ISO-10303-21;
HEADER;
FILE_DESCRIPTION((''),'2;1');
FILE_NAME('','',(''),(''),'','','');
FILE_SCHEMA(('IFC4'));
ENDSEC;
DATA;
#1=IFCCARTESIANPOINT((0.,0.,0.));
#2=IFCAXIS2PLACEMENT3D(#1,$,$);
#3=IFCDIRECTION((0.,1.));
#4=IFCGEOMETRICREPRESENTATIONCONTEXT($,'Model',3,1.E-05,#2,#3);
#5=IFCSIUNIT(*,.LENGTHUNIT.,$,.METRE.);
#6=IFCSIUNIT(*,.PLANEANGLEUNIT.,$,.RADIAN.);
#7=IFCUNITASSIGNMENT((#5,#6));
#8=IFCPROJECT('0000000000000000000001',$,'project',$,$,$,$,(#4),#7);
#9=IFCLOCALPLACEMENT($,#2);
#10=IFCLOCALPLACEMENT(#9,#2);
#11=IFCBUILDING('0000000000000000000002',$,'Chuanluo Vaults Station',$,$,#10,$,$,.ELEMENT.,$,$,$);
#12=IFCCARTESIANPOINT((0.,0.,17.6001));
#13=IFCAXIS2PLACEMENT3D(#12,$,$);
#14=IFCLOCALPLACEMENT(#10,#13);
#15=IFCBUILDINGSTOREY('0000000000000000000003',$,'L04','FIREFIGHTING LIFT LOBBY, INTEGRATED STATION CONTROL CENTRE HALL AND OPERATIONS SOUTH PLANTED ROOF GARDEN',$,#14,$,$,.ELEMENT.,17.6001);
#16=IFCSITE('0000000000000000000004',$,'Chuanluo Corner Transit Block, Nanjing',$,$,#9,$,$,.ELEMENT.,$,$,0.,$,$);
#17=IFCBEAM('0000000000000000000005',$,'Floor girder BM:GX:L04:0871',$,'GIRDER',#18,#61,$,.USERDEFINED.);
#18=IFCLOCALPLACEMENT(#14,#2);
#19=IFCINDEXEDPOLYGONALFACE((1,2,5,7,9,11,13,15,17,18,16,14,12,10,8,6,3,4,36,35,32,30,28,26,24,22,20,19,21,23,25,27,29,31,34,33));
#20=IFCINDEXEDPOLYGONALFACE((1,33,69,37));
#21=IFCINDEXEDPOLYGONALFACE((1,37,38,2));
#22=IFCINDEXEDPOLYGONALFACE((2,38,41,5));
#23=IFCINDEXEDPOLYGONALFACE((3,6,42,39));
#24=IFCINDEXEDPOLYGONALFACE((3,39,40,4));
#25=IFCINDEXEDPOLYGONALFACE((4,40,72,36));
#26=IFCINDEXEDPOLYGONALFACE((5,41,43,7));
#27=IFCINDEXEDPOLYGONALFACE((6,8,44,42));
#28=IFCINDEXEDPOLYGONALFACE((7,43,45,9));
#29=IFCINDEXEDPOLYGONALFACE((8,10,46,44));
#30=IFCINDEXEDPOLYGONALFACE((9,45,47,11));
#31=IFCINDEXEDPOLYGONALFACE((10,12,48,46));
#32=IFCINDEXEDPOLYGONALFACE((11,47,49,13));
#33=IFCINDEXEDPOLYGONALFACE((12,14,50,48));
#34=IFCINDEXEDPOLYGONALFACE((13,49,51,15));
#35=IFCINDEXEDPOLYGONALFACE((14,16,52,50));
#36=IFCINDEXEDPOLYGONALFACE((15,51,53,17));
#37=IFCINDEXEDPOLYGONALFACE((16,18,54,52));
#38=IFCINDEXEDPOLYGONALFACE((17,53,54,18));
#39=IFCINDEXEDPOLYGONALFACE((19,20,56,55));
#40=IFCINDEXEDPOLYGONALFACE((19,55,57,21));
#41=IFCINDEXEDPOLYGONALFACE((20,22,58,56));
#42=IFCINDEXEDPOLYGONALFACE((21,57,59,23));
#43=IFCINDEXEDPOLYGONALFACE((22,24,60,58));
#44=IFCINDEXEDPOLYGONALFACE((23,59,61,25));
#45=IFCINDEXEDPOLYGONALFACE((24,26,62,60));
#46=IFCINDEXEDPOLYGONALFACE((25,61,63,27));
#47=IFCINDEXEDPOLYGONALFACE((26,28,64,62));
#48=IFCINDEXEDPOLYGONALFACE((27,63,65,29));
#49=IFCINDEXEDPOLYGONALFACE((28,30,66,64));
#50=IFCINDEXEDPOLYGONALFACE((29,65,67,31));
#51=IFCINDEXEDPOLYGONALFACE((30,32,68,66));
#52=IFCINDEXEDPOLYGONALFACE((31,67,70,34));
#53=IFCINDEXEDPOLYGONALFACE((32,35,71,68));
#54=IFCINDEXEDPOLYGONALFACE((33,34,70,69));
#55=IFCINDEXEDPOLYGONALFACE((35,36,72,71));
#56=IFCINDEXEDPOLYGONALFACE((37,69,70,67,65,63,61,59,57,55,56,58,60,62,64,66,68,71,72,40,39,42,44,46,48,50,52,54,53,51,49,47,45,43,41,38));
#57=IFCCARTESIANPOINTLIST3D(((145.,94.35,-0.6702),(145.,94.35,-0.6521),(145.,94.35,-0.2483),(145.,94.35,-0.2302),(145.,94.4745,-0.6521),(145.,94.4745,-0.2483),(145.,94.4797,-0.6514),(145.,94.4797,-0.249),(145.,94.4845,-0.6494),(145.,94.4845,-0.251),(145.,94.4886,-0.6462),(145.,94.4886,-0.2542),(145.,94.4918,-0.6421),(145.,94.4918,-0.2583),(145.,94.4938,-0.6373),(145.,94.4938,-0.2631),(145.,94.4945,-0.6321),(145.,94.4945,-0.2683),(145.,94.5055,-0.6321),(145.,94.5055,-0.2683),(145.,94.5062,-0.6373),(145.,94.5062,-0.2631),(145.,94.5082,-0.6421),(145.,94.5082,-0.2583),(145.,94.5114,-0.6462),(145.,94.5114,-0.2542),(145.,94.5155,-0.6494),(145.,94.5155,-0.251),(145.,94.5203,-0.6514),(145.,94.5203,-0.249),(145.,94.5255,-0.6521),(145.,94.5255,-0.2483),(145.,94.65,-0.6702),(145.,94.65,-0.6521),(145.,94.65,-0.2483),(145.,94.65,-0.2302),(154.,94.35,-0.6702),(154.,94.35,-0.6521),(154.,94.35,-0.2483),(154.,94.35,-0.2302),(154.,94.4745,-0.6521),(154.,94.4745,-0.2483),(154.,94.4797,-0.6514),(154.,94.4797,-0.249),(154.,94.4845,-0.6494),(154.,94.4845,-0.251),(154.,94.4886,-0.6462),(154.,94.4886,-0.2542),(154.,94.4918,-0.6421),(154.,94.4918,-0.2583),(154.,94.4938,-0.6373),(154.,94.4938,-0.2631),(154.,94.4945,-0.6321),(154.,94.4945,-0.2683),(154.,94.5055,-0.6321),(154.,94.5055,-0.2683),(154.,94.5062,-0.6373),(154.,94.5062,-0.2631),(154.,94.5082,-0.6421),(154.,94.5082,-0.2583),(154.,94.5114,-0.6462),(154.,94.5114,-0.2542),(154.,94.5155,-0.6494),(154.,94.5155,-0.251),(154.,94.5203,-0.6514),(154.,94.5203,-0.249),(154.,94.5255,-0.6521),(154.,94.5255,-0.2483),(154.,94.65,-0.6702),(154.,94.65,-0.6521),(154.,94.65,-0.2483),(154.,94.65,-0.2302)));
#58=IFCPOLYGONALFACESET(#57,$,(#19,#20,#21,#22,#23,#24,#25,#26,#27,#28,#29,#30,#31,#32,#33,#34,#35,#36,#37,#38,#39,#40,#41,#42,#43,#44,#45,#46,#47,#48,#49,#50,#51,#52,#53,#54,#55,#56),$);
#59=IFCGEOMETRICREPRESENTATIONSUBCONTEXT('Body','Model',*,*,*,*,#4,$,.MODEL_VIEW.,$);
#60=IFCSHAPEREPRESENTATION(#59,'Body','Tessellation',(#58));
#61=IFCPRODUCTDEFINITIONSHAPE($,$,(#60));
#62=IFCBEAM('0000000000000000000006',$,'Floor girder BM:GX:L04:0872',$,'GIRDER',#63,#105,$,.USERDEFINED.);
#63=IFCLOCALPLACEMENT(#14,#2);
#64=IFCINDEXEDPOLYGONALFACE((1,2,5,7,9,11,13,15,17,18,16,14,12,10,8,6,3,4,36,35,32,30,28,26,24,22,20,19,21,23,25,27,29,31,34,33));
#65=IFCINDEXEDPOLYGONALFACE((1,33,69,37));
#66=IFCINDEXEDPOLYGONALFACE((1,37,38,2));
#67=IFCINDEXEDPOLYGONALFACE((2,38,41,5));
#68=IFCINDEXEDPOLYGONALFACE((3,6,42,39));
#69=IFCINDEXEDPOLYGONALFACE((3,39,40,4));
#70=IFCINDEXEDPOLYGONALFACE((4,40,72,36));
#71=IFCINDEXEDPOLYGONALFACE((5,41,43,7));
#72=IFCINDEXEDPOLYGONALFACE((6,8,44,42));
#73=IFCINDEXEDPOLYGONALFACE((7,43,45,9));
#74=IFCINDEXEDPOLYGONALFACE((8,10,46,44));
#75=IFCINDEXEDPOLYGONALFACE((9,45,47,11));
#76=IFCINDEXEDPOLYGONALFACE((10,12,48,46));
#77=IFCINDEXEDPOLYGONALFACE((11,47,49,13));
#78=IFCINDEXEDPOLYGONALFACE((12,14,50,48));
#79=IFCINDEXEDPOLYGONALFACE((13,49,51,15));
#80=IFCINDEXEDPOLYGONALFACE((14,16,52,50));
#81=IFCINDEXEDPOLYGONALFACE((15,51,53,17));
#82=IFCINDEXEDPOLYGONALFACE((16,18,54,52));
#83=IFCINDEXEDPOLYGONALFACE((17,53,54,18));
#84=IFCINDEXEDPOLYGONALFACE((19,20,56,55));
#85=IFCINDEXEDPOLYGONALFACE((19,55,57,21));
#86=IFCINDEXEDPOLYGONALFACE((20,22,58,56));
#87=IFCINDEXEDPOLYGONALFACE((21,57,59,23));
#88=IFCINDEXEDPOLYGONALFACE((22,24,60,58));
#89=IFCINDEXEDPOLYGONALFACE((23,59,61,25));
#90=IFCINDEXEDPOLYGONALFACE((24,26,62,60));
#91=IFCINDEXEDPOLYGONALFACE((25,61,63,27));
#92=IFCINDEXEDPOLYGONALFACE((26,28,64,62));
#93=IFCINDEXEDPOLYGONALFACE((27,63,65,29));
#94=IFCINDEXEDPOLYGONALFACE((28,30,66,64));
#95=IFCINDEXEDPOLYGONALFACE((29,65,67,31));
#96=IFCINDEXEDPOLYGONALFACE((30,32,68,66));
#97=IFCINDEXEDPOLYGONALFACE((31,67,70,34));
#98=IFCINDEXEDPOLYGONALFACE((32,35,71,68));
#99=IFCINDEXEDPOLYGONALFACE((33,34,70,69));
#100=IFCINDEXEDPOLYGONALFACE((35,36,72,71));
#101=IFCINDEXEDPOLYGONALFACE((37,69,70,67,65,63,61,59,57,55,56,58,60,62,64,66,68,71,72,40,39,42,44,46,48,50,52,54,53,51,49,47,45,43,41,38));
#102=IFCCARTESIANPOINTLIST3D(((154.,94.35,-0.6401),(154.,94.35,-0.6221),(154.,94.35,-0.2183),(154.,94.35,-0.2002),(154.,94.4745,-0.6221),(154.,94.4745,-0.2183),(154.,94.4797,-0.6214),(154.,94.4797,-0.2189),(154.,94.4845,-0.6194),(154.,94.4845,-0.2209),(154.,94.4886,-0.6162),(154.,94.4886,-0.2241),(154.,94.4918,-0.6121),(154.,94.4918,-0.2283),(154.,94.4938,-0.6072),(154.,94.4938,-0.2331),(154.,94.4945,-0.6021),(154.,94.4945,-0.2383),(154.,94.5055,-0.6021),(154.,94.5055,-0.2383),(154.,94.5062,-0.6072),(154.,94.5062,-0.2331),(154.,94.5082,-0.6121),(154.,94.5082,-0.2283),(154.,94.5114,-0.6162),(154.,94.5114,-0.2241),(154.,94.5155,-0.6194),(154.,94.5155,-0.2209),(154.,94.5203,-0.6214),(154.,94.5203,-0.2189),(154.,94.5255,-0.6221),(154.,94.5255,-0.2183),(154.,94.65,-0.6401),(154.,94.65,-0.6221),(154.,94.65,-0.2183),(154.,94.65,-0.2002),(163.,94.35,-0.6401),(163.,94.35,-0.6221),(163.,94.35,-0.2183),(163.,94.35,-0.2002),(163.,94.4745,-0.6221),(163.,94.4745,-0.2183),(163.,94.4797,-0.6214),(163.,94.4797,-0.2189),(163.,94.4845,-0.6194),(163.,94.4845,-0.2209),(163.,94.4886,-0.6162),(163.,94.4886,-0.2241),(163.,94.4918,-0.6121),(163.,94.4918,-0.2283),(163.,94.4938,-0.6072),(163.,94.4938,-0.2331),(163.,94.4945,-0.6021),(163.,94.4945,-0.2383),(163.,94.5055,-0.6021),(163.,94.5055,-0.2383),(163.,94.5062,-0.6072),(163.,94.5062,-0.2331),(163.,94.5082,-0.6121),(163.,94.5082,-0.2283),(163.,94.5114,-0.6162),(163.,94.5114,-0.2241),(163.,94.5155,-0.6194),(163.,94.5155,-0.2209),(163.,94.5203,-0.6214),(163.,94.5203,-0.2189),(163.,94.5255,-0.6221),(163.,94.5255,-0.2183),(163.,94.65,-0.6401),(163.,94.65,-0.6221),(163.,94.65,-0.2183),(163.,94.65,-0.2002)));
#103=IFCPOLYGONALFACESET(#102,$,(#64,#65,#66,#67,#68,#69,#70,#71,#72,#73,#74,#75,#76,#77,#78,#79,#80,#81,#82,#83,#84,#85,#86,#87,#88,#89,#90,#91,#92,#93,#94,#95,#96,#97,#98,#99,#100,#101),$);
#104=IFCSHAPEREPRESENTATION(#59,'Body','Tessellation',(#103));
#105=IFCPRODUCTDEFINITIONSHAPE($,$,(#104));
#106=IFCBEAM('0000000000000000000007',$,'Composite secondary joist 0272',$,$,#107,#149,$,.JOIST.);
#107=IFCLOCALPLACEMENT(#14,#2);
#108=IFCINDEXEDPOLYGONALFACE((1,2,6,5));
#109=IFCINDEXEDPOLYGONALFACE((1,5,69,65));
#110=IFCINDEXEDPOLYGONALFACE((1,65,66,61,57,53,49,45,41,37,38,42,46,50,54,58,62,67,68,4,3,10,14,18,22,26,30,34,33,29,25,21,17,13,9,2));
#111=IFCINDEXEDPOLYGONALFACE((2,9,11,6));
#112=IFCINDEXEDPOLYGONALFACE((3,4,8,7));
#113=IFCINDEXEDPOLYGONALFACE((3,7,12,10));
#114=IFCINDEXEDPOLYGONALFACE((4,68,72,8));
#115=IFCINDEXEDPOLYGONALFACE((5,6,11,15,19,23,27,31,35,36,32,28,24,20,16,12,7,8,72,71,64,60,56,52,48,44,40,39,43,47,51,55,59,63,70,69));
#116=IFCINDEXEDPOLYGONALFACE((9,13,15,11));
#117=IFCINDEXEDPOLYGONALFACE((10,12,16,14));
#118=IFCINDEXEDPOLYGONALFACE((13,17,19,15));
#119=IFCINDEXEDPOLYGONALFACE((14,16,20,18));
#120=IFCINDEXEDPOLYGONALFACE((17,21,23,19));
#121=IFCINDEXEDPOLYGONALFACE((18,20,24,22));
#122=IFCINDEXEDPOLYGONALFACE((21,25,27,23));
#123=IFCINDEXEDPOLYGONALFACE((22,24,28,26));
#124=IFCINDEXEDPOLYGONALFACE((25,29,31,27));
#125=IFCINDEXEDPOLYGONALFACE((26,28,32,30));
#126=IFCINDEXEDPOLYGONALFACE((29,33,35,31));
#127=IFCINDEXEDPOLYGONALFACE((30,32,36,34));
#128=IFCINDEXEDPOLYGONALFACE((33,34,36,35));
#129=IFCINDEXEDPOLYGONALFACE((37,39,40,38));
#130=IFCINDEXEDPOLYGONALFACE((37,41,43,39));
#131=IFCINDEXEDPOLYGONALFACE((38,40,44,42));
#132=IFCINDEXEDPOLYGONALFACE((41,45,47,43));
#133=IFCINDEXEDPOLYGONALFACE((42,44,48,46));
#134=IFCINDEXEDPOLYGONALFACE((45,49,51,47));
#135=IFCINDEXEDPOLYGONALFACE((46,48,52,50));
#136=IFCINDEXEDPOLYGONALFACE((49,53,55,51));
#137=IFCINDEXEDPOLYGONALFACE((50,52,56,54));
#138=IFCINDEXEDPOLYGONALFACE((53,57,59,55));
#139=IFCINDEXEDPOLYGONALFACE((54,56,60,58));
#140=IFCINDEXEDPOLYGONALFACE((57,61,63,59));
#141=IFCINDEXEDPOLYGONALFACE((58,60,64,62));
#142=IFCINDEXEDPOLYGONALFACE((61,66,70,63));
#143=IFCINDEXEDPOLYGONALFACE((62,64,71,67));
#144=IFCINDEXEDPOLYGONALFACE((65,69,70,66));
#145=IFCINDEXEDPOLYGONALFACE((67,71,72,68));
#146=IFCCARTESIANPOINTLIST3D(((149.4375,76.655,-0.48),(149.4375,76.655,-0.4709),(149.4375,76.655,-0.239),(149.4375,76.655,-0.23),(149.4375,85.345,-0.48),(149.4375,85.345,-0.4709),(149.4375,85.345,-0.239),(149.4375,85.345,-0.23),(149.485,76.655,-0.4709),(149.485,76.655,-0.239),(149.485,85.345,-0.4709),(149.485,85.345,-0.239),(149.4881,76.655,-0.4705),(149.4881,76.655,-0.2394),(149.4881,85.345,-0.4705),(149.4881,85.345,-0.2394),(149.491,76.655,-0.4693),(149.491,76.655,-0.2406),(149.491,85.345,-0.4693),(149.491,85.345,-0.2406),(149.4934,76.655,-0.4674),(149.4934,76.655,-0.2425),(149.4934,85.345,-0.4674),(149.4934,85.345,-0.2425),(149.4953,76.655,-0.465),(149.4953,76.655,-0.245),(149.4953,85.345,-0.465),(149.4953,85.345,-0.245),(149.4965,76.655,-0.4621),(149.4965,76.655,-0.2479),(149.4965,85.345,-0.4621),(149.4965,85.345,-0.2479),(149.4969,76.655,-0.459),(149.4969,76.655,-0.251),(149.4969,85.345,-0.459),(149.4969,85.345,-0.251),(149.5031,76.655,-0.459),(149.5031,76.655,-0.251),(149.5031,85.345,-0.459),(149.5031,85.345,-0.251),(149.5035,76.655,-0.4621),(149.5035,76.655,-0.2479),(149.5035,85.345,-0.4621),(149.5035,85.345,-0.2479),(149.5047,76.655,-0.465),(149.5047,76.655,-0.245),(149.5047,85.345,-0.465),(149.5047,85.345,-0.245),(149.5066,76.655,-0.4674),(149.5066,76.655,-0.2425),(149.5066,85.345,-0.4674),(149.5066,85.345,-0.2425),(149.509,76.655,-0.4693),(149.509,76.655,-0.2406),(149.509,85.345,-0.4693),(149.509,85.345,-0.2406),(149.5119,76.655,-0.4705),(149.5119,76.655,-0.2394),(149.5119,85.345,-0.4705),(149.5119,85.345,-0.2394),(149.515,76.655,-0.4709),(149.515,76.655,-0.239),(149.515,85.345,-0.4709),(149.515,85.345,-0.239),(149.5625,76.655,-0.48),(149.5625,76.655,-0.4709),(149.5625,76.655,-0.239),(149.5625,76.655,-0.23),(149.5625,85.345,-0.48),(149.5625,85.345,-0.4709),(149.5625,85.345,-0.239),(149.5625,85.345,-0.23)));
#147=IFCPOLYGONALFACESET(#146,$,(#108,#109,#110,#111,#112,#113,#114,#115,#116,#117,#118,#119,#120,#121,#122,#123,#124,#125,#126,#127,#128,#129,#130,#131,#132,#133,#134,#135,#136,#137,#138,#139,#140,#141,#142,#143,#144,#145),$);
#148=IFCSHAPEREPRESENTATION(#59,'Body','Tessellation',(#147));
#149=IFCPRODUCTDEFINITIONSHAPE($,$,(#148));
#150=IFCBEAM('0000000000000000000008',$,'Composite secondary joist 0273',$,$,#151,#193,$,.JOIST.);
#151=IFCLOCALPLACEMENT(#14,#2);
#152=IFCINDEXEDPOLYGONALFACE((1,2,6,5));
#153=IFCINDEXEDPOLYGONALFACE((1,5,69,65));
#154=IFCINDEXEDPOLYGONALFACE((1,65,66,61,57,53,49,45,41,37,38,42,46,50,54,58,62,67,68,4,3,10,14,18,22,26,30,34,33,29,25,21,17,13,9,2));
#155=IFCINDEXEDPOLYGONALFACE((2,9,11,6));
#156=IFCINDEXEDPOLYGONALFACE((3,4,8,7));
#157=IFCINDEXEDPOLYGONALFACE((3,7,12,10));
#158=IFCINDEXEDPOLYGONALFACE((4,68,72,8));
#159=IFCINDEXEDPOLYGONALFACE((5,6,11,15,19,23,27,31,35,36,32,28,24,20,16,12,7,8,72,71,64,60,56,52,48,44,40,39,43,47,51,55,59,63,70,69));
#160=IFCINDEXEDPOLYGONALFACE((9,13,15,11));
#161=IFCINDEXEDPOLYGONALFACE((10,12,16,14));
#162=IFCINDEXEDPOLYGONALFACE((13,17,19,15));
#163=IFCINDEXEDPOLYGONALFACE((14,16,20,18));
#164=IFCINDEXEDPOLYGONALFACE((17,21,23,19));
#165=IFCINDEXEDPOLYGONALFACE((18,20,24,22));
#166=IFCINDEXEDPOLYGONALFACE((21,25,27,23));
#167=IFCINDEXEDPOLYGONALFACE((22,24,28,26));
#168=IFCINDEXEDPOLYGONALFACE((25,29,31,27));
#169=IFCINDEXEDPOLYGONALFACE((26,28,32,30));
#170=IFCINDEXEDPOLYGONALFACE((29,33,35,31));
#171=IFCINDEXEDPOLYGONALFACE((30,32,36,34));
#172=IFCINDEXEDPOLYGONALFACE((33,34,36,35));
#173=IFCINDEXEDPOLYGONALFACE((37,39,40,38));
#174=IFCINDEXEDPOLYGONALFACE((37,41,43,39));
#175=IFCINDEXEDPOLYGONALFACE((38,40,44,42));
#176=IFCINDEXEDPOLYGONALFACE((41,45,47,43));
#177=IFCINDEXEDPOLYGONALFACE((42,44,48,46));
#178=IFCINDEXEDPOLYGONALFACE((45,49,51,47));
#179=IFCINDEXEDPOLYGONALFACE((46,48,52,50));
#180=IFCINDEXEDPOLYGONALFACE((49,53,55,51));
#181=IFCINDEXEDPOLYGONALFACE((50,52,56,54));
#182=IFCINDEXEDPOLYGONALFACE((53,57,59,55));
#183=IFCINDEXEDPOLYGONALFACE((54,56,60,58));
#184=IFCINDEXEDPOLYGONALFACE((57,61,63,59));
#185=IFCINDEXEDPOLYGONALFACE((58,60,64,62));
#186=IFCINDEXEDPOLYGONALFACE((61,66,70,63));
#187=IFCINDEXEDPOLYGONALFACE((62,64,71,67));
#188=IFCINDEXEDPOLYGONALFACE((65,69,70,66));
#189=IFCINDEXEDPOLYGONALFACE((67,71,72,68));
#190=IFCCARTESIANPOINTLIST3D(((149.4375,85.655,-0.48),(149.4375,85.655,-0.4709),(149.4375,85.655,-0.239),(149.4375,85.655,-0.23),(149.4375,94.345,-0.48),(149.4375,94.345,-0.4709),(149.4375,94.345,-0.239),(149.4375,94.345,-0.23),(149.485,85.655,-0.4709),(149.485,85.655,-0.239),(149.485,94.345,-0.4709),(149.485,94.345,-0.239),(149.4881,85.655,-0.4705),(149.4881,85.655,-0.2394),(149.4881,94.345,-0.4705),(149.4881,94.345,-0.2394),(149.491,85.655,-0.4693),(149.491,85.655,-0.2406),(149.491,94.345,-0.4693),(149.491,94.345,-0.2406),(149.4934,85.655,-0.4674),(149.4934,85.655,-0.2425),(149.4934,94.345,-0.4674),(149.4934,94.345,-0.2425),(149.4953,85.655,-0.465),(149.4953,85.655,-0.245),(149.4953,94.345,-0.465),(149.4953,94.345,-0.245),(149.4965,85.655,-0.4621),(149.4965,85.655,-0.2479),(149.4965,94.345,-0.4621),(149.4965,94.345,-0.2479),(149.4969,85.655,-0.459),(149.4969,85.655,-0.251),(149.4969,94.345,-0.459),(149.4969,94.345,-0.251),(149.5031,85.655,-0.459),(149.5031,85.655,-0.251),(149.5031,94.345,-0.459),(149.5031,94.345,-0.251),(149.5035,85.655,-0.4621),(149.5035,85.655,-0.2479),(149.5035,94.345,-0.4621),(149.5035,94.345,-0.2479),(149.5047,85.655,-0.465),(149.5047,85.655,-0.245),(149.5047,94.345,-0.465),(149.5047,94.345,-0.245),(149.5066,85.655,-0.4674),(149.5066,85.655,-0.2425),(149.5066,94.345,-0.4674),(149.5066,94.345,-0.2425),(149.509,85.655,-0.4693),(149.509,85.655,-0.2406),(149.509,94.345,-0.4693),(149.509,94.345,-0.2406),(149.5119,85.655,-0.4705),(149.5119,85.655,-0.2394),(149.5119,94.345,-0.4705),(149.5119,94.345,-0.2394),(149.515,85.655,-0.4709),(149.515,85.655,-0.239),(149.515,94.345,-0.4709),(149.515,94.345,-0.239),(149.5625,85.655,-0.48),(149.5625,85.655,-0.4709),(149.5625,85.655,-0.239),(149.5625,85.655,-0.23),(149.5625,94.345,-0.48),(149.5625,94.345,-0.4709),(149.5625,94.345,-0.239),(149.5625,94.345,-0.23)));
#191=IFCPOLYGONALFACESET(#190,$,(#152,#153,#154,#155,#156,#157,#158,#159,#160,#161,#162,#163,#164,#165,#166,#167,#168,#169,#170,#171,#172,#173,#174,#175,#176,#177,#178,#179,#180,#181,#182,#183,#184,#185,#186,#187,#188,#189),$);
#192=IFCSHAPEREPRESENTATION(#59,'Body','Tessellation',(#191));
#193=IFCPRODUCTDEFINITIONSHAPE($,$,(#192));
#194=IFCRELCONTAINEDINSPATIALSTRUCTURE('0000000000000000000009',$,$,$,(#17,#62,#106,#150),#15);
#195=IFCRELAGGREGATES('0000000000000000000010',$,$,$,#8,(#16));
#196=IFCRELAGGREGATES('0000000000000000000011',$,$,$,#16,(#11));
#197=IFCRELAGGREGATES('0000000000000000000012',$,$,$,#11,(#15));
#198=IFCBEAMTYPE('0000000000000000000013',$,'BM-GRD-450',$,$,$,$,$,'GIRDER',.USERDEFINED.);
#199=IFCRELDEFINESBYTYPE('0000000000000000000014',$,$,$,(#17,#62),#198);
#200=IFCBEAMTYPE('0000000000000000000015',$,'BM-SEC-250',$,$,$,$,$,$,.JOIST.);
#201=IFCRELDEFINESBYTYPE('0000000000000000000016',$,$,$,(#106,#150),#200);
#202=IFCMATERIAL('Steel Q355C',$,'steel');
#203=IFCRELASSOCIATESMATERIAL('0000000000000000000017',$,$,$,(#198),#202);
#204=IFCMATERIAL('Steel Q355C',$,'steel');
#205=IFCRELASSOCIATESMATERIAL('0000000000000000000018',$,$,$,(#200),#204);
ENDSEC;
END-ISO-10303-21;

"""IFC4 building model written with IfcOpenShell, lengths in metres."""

from ifc_helpers import new_model, si_unit, direction, frame, origin, origin_2d, place, context, subcontext, project, spatial, i_section, extrude, material, material_profile, profile_set, type_object, element, save


model = new_model("IFC4")

# Units and contexts
model_context = context("Model", 3, precision=1e-05, world=origin(), true_north=direction((0.0, 1.0)))
body_context = subcontext(model_context, "Body", "Model", "MODEL_VIEW")
ifc_project = project(units=[si_unit("LENGTHUNIT", "METRE"), si_unit("PLANEANGLEUNIT", "RADIAN")], contexts=[model_context])

# Site, building, storey
site_placement = place(None, origin())
site = spatial("IfcSite", under=ifc_project, at=site_placement, Name="Chuanluo Corner Transit Block, Nanjing", CompositionType="ELEMENT", RefElevation=0.0)
building_placement = place(site_placement, origin())
building = spatial("IfcBuilding", under=site, at=building_placement, Name="Chuanluo Vaults Station", CompositionType="ELEMENT")
storey_placement = place(building_placement, frame((0.0, 0.0, 17.6001)))
storey = spatial("IfcBuildingStorey", under=building, at=storey_placement, Name="L04", Description="FIREFIGHTING LIFT LOBBY, INTEGRATED STATION CONTROL CENTRE HALL AND OPERATIONS SOUTH PLANTED ROOF GARDEN", CompositionType="ELEMENT", Elevation=17.6001)

# Beams
ifc_material_1 = material(Name="Steel Q355C", Category="steel")
ifc_material_profile_1 = material_profile(ifc_material_1, i_section(OverallWidth=0.3, OverallDepth=0.4399, WebThickness=0.011, FlangeThickness=0.0181, FilletRadius=0.02, at=origin_2d()))
ifc_profile_set_1 = profile_set([ifc_material_profile_1], Name="Steel Q355C")
beam_type_1 = type_object("IfcBeamType", Name="BM-GRD-450", ElementType="GIRDER", PredefinedType="USERDEFINED", material=ifc_profile_set_1)
for number, where, z_axis, x_axis, name in (
    (1, (145.0, 94.5, -0.4502), (1.0, 0.0, 0.0), (0.0, 1.0, 0.0), "Floor girder BM:GX:L04:0871"),
    (2, (154.0, 94.5, -0.4202), (1.0, 0.0, 0.0), (0.0, 1.0, 0.0), "Floor girder BM:GX:L04:0872"),
):
    element("IfcBeam", number, at=place(storey_placement, frame(where, z_axis=z_axis, x_axis=x_axis)), inside=storey, type_object=beam_type_1, Name=name, ObjectType="GIRDER", PredefinedType="USERDEFINED", context=body_context, shape_type="SweptSolid", body=[
        extrude(i_section(OverallWidth=0.3, OverallDepth=0.4399, WebThickness=0.011, FlangeThickness=0.0181, FilletRadius=0.02, at=origin_2d()), origin(), (0.0, 0.0, 1.0), 9.0),
    ])
ifc_material_2 = material(Name="Steel Q355C", Category="steel")
ifc_material_profile_2 = material_profile(ifc_material_2, i_section(OverallWidth=0.125, OverallDepth=0.25, WebThickness=0.0061, FlangeThickness=0.009, FilletRadius=0.012, at=origin_2d()))
ifc_profile_set_2 = profile_set([ifc_material_profile_2], Name="Steel Q355C")
beam_type_2 = type_object("IfcBeamType", Name="BM-SEC-250", PredefinedType="JOIST", material=ifc_profile_set_2)
for number, where, z_axis, x_axis, name in (
    (3, (149.5, 76.655, -0.355), (0.0, 1.0, 0.0), (-1.0, 0.0, 0.0), "Composite secondary joist 0272"),
    (4, (149.5, 85.655, -0.355), (0.0, 1.0, 0.0), (-1.0, 0.0, 0.0), "Composite secondary joist 0273"),
):
    element("IfcBeam", number, at=place(storey_placement, frame(where, z_axis=z_axis, x_axis=x_axis)), inside=storey, type_object=beam_type_2, Name=name, PredefinedType="JOIST", context=body_context, shape_type="SweptSolid", body=[
        extrude(i_section(OverallWidth=0.125, OverallDepth=0.25, WebThickness=0.0061, FlangeThickness=0.009, FilletRadius=0.012, at=origin_2d()), origin(), (0.0, 0.0, 1.0), 8.6899),
    ])

save(model, "model.ifc")
